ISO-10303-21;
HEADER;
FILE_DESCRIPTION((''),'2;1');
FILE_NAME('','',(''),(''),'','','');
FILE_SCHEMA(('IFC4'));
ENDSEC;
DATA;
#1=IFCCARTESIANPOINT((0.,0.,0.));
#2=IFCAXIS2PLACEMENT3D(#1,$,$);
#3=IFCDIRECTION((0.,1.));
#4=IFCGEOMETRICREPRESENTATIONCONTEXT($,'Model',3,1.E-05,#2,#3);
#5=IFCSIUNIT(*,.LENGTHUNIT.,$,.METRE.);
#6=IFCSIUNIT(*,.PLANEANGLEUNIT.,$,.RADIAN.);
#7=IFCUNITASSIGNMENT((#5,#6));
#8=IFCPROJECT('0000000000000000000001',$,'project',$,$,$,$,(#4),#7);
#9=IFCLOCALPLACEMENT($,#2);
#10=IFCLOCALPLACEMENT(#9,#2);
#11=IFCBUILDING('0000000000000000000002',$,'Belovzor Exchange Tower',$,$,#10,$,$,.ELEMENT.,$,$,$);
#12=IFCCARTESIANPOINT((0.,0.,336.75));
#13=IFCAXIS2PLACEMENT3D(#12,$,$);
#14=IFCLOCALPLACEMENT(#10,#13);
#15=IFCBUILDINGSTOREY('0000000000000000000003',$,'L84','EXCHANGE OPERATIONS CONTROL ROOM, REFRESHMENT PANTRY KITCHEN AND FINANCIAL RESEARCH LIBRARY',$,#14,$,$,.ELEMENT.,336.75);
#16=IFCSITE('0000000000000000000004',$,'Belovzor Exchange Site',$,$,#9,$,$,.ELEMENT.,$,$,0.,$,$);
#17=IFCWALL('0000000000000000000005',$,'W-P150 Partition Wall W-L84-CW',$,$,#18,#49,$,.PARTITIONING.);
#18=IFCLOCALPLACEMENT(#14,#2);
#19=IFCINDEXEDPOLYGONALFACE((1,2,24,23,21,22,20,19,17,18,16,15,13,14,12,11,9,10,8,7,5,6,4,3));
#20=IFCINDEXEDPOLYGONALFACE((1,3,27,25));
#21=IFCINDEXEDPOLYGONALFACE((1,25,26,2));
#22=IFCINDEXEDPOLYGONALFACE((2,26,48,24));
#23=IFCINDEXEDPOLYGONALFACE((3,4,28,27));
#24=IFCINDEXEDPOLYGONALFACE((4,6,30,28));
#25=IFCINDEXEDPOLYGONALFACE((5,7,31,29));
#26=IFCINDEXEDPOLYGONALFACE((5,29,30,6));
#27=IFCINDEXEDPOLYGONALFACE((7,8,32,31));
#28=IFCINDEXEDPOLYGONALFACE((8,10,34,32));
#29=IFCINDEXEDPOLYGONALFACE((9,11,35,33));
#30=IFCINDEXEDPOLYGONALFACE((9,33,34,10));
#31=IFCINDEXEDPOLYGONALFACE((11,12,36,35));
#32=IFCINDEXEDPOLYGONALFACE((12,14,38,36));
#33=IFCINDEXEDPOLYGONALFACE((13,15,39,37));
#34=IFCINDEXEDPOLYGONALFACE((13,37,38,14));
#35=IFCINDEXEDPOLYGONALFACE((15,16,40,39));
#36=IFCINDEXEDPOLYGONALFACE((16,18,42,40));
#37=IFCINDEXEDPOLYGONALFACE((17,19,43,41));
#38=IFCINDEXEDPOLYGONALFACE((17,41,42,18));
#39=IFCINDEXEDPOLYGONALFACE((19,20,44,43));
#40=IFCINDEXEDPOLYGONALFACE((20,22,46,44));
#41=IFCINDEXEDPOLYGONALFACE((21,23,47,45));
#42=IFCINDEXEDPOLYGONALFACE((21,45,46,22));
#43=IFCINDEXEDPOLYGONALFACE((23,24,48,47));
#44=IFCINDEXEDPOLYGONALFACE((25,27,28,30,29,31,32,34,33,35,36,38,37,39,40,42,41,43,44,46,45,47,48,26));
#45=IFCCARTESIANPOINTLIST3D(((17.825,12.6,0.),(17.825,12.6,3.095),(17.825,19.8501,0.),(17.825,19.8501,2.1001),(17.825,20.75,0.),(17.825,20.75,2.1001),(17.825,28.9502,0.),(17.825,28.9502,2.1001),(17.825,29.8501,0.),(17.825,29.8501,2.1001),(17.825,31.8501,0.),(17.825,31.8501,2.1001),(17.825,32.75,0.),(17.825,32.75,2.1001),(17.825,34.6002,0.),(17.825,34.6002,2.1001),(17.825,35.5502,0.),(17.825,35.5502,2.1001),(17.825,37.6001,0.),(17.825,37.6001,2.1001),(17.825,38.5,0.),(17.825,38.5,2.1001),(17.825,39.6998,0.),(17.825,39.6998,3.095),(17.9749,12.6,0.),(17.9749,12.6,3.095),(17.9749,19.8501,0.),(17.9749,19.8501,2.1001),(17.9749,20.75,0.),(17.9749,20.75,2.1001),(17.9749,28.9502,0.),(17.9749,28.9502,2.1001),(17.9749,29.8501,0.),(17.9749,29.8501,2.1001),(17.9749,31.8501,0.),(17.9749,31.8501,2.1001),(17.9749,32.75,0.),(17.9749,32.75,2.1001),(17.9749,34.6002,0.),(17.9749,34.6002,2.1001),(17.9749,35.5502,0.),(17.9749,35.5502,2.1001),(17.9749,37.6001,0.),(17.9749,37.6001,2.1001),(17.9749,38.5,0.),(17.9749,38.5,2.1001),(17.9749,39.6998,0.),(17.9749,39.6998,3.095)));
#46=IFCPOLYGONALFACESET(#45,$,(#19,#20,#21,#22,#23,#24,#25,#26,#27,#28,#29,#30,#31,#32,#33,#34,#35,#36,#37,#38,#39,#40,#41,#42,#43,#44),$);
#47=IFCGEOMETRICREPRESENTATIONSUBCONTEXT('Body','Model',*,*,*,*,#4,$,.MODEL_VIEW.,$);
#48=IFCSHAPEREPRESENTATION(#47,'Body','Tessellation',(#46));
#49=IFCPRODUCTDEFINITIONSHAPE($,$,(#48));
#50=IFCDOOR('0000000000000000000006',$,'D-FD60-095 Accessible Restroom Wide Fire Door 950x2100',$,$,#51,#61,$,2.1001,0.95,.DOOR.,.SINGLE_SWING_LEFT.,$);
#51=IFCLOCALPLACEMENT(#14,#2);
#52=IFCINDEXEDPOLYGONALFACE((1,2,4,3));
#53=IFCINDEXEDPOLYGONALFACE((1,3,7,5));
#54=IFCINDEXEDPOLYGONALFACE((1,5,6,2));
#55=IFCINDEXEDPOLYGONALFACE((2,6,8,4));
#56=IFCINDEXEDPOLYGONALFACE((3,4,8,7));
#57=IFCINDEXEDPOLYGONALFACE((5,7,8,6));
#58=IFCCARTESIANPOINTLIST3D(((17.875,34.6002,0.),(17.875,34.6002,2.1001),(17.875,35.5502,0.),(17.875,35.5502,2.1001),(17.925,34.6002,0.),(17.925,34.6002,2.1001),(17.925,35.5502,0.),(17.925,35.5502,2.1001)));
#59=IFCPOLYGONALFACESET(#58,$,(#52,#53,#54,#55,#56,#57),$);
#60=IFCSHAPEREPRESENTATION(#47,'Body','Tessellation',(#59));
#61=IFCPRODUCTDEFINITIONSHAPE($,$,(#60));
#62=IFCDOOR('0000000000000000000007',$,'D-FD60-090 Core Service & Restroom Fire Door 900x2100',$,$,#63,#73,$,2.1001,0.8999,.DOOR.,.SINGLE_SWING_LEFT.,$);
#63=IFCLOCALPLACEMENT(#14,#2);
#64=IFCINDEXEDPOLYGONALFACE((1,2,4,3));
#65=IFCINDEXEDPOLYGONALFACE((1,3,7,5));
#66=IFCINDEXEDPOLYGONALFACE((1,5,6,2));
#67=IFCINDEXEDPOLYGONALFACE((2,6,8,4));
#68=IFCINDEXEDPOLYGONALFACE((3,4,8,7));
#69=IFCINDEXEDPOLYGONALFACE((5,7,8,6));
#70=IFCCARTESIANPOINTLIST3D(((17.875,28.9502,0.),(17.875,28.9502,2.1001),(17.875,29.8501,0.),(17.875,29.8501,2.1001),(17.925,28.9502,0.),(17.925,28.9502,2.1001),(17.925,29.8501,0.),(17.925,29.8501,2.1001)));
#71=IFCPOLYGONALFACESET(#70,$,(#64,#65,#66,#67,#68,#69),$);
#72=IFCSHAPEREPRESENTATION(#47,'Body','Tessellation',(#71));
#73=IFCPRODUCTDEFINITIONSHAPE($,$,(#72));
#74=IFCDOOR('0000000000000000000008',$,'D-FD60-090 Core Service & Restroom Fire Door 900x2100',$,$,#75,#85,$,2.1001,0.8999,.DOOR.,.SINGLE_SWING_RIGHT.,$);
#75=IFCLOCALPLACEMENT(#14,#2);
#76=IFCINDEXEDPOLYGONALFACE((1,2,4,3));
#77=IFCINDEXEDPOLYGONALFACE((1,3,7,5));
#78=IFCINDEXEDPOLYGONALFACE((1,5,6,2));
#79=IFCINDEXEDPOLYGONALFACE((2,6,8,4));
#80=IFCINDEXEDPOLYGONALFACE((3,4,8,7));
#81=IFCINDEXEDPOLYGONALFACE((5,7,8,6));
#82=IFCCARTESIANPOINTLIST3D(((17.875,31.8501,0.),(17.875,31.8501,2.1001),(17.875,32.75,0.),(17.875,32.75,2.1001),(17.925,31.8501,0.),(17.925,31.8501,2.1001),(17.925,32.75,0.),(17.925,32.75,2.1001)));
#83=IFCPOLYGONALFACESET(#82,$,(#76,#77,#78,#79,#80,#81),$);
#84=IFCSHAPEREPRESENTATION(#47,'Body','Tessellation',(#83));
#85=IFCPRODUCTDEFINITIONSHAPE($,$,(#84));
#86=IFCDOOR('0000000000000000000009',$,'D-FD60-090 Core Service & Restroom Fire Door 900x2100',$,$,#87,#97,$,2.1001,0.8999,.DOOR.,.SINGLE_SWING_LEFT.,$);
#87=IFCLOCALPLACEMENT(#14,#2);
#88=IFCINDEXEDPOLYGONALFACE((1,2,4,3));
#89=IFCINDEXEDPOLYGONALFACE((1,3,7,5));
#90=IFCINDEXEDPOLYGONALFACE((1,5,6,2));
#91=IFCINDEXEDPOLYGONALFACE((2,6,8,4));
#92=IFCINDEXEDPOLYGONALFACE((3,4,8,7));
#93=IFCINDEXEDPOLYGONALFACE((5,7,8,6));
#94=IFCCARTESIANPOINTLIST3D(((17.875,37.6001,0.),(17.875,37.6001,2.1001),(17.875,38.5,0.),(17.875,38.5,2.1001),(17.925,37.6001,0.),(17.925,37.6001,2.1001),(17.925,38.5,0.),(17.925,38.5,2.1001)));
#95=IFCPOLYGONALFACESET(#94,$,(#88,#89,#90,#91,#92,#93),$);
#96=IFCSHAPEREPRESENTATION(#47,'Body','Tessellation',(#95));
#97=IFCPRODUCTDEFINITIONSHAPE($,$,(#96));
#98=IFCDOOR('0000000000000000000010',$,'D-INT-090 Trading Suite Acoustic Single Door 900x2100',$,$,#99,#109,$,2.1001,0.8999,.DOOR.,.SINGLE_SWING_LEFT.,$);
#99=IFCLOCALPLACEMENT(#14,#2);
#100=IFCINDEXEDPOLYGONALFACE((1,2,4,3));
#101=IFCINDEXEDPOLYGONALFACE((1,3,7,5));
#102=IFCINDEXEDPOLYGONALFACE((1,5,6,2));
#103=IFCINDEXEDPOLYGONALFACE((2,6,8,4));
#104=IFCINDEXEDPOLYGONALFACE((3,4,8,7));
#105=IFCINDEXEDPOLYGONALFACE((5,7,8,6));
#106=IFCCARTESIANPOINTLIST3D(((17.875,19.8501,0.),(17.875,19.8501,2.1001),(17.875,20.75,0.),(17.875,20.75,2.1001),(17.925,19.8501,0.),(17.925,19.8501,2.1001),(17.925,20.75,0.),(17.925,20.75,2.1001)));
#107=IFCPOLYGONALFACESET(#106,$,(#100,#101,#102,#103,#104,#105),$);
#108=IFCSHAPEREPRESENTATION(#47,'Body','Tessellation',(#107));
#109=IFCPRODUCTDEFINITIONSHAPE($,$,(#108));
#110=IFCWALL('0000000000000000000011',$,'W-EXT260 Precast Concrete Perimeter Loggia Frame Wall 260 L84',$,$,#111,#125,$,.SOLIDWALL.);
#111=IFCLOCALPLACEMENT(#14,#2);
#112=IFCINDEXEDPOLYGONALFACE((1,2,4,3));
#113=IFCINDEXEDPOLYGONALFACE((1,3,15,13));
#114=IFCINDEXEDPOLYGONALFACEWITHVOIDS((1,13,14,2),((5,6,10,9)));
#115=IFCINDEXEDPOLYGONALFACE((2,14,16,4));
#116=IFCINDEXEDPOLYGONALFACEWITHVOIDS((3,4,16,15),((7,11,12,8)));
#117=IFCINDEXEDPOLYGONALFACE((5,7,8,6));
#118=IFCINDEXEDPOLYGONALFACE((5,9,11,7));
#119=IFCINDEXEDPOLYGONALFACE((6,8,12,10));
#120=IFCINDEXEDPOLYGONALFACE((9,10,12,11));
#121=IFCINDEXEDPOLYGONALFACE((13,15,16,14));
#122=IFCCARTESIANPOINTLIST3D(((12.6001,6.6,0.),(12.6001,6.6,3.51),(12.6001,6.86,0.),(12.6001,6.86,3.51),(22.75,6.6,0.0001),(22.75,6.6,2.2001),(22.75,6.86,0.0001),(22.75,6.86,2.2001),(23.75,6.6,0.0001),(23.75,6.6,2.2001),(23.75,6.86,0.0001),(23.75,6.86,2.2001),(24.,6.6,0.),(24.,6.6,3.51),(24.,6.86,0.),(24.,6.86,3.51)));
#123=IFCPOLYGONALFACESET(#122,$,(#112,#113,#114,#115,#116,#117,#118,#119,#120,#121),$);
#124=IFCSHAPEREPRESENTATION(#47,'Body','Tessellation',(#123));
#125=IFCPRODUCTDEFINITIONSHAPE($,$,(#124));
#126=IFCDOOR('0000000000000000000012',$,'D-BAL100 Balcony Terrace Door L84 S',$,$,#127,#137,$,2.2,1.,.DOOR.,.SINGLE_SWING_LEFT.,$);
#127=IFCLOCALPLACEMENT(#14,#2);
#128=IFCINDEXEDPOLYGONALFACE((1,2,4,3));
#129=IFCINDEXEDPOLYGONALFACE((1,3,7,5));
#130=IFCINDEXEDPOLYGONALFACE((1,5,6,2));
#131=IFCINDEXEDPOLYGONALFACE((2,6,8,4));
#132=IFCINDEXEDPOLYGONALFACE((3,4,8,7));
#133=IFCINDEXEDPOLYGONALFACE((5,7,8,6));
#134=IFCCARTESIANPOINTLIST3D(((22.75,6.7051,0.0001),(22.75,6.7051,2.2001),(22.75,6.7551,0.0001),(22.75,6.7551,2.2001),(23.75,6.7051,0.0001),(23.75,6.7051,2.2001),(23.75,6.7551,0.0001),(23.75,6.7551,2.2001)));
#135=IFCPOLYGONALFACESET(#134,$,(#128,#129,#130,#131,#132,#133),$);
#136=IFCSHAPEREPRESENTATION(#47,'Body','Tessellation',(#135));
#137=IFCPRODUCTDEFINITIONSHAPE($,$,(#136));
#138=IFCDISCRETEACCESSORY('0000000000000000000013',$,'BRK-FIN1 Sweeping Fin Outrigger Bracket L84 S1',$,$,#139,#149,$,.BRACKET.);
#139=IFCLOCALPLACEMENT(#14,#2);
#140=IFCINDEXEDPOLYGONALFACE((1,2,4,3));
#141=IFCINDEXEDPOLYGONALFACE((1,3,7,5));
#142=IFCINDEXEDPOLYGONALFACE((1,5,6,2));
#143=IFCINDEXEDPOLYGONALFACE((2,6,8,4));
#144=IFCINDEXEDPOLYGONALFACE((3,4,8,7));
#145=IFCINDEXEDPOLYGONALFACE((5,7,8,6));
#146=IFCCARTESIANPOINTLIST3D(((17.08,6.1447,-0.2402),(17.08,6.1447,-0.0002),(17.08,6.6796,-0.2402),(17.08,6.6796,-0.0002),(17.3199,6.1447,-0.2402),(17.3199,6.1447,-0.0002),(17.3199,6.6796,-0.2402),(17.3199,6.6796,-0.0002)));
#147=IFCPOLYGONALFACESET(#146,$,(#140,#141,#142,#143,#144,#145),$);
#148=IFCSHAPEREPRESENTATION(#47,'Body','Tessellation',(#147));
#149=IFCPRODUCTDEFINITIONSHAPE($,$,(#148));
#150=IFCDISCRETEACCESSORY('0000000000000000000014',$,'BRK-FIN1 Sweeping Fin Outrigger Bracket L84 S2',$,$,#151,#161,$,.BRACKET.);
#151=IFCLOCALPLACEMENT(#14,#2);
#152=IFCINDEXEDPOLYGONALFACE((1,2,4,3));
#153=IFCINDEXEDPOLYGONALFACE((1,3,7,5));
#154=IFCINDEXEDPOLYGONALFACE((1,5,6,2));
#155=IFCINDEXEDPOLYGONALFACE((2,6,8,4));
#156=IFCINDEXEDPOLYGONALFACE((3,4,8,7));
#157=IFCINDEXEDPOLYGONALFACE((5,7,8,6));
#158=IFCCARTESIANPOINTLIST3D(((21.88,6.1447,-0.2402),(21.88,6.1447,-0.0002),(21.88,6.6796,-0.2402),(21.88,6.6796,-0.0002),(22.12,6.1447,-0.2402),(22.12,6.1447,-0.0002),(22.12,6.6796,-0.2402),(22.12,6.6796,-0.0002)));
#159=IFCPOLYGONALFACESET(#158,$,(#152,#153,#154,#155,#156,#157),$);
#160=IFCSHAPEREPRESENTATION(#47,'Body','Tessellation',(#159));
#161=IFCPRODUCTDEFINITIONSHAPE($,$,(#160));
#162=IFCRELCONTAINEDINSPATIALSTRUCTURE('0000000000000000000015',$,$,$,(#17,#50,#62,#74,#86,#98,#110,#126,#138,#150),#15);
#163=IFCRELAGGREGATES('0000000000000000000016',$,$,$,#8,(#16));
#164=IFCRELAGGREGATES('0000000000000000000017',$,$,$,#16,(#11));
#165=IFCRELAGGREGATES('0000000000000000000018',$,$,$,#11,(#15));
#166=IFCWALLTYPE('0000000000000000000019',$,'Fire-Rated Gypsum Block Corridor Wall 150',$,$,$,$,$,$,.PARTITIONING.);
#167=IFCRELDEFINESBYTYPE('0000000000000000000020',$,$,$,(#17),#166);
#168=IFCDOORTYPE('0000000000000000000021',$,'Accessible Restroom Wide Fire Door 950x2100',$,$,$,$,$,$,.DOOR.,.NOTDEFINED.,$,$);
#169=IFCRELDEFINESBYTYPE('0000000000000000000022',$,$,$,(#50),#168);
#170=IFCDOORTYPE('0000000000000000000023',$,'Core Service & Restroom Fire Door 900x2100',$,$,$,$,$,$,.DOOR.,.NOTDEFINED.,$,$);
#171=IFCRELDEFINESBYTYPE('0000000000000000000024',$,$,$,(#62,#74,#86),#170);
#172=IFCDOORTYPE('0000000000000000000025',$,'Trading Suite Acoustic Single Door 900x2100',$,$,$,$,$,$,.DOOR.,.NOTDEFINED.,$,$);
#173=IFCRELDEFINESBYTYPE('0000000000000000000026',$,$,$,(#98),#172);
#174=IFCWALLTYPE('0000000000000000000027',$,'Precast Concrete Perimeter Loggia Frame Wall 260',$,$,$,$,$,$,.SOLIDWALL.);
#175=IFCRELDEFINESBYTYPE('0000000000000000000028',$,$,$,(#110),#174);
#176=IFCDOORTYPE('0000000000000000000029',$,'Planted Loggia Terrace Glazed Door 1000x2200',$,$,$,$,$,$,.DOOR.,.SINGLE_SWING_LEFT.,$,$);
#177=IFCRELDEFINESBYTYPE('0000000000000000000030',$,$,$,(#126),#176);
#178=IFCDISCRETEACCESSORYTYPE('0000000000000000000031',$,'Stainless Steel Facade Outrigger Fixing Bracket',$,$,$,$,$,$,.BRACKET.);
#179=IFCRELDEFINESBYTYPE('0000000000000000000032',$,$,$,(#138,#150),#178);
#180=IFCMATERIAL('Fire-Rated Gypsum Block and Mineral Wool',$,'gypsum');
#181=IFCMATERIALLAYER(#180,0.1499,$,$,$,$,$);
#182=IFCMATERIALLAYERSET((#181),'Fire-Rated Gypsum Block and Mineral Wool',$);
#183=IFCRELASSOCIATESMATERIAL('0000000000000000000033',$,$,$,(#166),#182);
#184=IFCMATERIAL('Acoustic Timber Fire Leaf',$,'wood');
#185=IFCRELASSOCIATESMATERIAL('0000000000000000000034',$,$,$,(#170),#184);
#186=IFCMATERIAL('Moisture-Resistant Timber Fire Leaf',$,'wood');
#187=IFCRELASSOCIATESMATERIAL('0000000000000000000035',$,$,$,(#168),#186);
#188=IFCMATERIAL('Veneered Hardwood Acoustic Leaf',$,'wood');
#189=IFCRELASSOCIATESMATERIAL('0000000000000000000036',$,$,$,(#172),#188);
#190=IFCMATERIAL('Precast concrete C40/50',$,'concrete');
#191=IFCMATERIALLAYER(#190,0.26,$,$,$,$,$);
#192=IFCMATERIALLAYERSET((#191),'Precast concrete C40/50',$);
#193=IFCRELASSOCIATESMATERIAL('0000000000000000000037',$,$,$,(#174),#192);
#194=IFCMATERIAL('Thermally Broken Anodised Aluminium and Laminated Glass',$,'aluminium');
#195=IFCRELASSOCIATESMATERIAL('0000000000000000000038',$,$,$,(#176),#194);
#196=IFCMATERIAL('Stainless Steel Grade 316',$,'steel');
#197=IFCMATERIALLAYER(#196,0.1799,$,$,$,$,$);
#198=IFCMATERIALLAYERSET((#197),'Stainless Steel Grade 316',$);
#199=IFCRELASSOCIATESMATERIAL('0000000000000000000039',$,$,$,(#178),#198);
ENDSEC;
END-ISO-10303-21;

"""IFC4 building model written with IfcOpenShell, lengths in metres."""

from ifc_helpers import new_model, si_unit, direction, frame, frame_2d, origin, origin_2d, place, context, subcontext, project, spatial, rectangle, extrude, material, layer, layer_set, type_object, element, fill, save


model = new_model("IFC4")

# Units and contexts
model_context = context("Model", 3, precision=1e-05, world=origin(), true_north=direction((0.0, 1.0)))
body_context = subcontext(model_context, "Body", "Model", "MODEL_VIEW")
ifc_project = project(units=[si_unit("LENGTHUNIT", "METRE"), si_unit("PLANEANGLEUNIT", "RADIAN")], contexts=[model_context])

# Site, building, storey
site_placement = place(None, origin())
site = spatial("IfcSite", under=ifc_project, at=site_placement, Name="Belovzor Exchange Site", CompositionType="ELEMENT", RefElevation=0.0)
building_placement = place(site_placement, origin())
building = spatial("IfcBuilding", under=site, at=building_placement, Name="Belovzor Exchange Tower", CompositionType="ELEMENT")
storey_placement = place(building_placement, frame((0.0, 0.0, 336.75)))
storey = spatial("IfcBuildingStorey", under=building, at=storey_placement, Name="L84", Description="EXCHANGE OPERATIONS CONTROL ROOM, REFRESHMENT PANTRY KITCHEN AND FINANCIAL RESEARCH LIBRARY", CompositionType="ELEMENT", Elevation=336.75)

# Shared definitions
ifc_material_1 = material(Name="Fire-Rated Gypsum Block and Mineral Wool", Category="gypsum")
ifc_layer_1 = layer(ifc_material_1, 0.1499)
ifc_layer_set_1 = layer_set([ifc_layer_1], Name="Fire-Rated Gypsum Block and Mineral Wool")
wall_type_1 = type_object("IfcWallType", Name="Fire-Rated Gypsum Block Corridor Wall 150", PredefinedType="PARTITIONING", material=ifc_layer_set_1)
ifc_material_2 = material(Name="Acoustic Timber Fire Leaf", Category="wood")
door_type_1 = type_object("IfcDoorType", Name="Core Service & Restroom Fire Door 900x2100", OperationType="NOTDEFINED", PredefinedType="DOOR", material=ifc_material_2)

# Wall, openings, doors
wall_1_placement = place(storey_placement, frame((17.8999, 12.6001, 0.0), z_axis=(0.0, 0.0, 1.0), x_axis=(0.0, 1.0, 0.0)))
wall_1 = element("IfcWall", 1, at=wall_1_placement, inside=storey, type_object=wall_type_1, Name="W-P150 Partition Wall W-L84-CW", PredefinedType="PARTITIONING", context=body_context, shape_type="SweptSolid", body=[
    extrude(rectangle(XDim=27.0999, YDim=0.1499, at=frame_2d((13.5498, 0.0))), origin(), (0.0, 0.0, 1.0), 3.095),
])
opening_1_placement = place(wall_1_placement, frame((7.25, 0.0, 0.0)))
opening_1 = element("IfcOpeningElement", 2, at=opening_1_placement, cuts=wall_1, PredefinedType="OPENING", context=body_context, shape_type="SweptSolid", body=[
    extrude(rectangle(XDim=0.8999, YDim=2.1001, at=frame_2d((0.45, 1.05))), frame((0.0, 0.085, 0.0), z_axis=(0.0, -1.0, 0.0), x_axis=(1.0, 0.0, 0.0)), (0.0, 0.0, 1.0), 0.1699),
])
opening_2_placement = place(wall_1_placement, frame((16.3501, 0.0, 0.0)))
opening_2 = element("IfcOpeningElement", 3, at=opening_2_placement, cuts=wall_1, PredefinedType="OPENING", context=body_context, shape_type="SweptSolid", body=[
    extrude(rectangle(XDim=0.8999, YDim=2.1001, at=frame_2d((0.45, 1.05))), frame((0.0, 0.085, 0.0), z_axis=(0.0, -1.0, 0.0), x_axis=(1.0, 0.0, 0.0)), (0.0, 0.0, 1.0), 0.1699),
])
opening_3_placement = place(wall_1_placement, frame((19.25, 0.0, 0.0)))
opening_3 = element("IfcOpeningElement", 4, at=opening_3_placement, cuts=wall_1, PredefinedType="OPENING", context=body_context, shape_type="SweptSolid", body=[
    extrude(rectangle(XDim=0.8999, YDim=2.1001, at=frame_2d((0.45, 1.05))), frame((0.0, 0.085, 0.0), z_axis=(0.0, -1.0, 0.0), x_axis=(1.0, 0.0, 0.0)), (0.0, 0.0, 1.0), 0.1699),
])
opening_4_placement = place(wall_1_placement, frame((22.0, 0.0, 0.0)))
opening_4 = element("IfcOpeningElement", 5, at=opening_4_placement, cuts=wall_1, PredefinedType="OPENING", context=body_context, shape_type="SweptSolid", body=[
    extrude(rectangle(XDim=0.95, YDim=2.1001, at=frame_2d((0.4751, 1.05))), frame((0.0, 0.085, 0.0), z_axis=(0.0, -1.0, 0.0), x_axis=(1.0, 0.0, 0.0)), (0.0, 0.0, 1.0), 0.1699),
])
opening_5_placement = place(wall_1_placement, frame((25.0, 0.0, 0.0)))
opening_5 = element("IfcOpeningElement", 6, at=opening_5_placement, cuts=wall_1, PredefinedType="OPENING", context=body_context, shape_type="SweptSolid", body=[
    extrude(rectangle(XDim=0.8999, YDim=2.1001, at=frame_2d((0.45, 1.05))), frame((0.0, 0.085, 0.0), z_axis=(0.0, -1.0, 0.0), x_axis=(1.0, 0.0, 0.0)), (0.0, 0.0, 1.0), 0.1699),
])
ifc_material_3 = material(Name="Moisture-Resistant Timber Fire Leaf", Category="wood")
door_type_2 = type_object("IfcDoorType", Name="Accessible Restroom Wide Fire Door 950x2100", OperationType="NOTDEFINED", PredefinedType="DOOR", material=ifc_material_3)
door_1_placement = place(opening_4_placement, origin())
door_1 = element("IfcDoor", 7, at=door_1_placement, inside=storey, type_object=door_type_2, Name="D-FD60-095 Accessible Restroom Wide Fire Door 950x2100", OperationType="SINGLE_SWING_LEFT", OverallHeight=2.1001, OverallWidth=0.95, PredefinedType="DOOR", context=body_context, shape_type="SweptSolid", body=[
    extrude(rectangle(XDim=0.95, YDim=2.1001, at=frame_2d((0.4751, 1.05))), frame((0.0, 0.0249, 0.0), z_axis=(0.0, -1.0, 0.0), x_axis=(1.0, 0.0, 0.0)), (0.0, 0.0, 1.0), 0.05),
])
fill(opening_4, door_1)
door_2_placement = place(opening_2_placement, origin())
door_2 = element("IfcDoor", 8, at=door_2_placement, inside=storey, type_object=door_type_1, Name="D-FD60-090 Core Service & Restroom Fire Door 900x2100", OperationType="SINGLE_SWING_LEFT", OverallHeight=2.1001, OverallWidth=0.8999, PredefinedType="DOOR", context=body_context, shape_type="SweptSolid", body=[
    extrude(rectangle(XDim=0.8999, YDim=2.1001, at=frame_2d((0.45, 1.05))), frame((0.0, 0.0249, 0.0), z_axis=(0.0, -1.0, 0.0), x_axis=(1.0, 0.0, 0.0)), (0.0, 0.0, 1.0), 0.05),
])
fill(opening_2, door_2)
door_3_placement = place(opening_3_placement, origin())
door_3 = element("IfcDoor", 9, at=door_3_placement, inside=storey, type_object=door_type_1, Name="D-FD60-090 Core Service & Restroom Fire Door 900x2100", OperationType="SINGLE_SWING_RIGHT", OverallHeight=2.1001, OverallWidth=0.8999, PredefinedType="DOOR", context=body_context, shape_type="SweptSolid", body=[
    extrude(rectangle(XDim=0.8999, YDim=2.1001, at=frame_2d((0.45, 1.05))), frame((0.0, 0.0249, 0.0), z_axis=(0.0, -1.0, 0.0), x_axis=(1.0, 0.0, 0.0)), (0.0, 0.0, 1.0), 0.05),
])
fill(opening_3, door_3)
door_4_placement = place(opening_5_placement, origin())
door_4 = element("IfcDoor", 10, at=door_4_placement, inside=storey, type_object=door_type_1, Name="D-FD60-090 Core Service & Restroom Fire Door 900x2100", OperationType="SINGLE_SWING_LEFT", OverallHeight=2.1001, OverallWidth=0.8999, PredefinedType="DOOR", context=body_context, shape_type="SweptSolid", body=[
    extrude(rectangle(XDim=0.8999, YDim=2.1001, at=frame_2d((0.45, 1.05))), frame((0.0, 0.0249, 0.0), z_axis=(0.0, -1.0, 0.0), x_axis=(1.0, 0.0, 0.0)), (0.0, 0.0, 1.0), 0.05),
])
fill(opening_5, door_4)
ifc_material_4 = material(Name="Veneered Hardwood Acoustic Leaf", Category="wood")
door_type_3 = type_object("IfcDoorType", Name="Trading Suite Acoustic Single Door 900x2100", OperationType="NOTDEFINED", PredefinedType="DOOR", material=ifc_material_4)
door_5_placement = place(opening_1_placement, origin())
door_5 = element("IfcDoor", 11, at=door_5_placement, inside=storey, type_object=door_type_3, Name="D-INT-090 Trading Suite Acoustic Single Door 900x2100", OperationType="SINGLE_SWING_LEFT", OverallHeight=2.1001, OverallWidth=0.8999, PredefinedType="DOOR", context=body_context, shape_type="SweptSolid", body=[
    extrude(rectangle(XDim=0.8999, YDim=2.1001, at=frame_2d((0.45, 1.05))), frame((0.0, 0.0249, 0.0), z_axis=(0.0, -1.0, 0.0), x_axis=(1.0, 0.0, 0.0)), (0.0, 0.0, 1.0), 0.05),
])
fill(opening_1, door_5)

# Wall, opening, door
ifc_material_5 = material(Name="Precast concrete C40/50", Category="concrete")
ifc_layer_2 = layer(ifc_material_5, 0.26)
ifc_layer_set_2 = layer_set([ifc_layer_2], Name="Precast concrete C40/50")
wall_type_2 = type_object("IfcWallType", Name="Precast Concrete Perimeter Loggia Frame Wall 260", PredefinedType="SOLIDWALL", material=ifc_layer_set_2)
wall_2_placement = place(storey_placement, frame((24.0, 6.73, 0.0), z_axis=(0.0, 0.0, 1.0), x_axis=(-1.0, 0.0, 0.0)))
wall_2 = element("IfcWall", 12, at=wall_2_placement, inside=storey, type_object=wall_type_2, Name="W-EXT260 Precast Concrete Perimeter Loggia Frame Wall 260 L84", PredefinedType="SOLIDWALL", context=body_context, shape_type="SweptSolid", body=[
    extrude(rectangle(XDim=11.3999, YDim=0.26, at=frame_2d((5.7, 0.0))), origin(), (0.0, 0.0, 1.0), 3.51),
])
opening_6_placement = place(wall_2_placement, frame((0.25, 0.0, 0.0)))
opening_6 = element("IfcOpeningElement", 13, at=opening_6_placement, cuts=wall_2, PredefinedType="OPENING", context=body_context, shape_type="SweptSolid", body=[
    extrude(rectangle(XDim=1.0, YDim=2.2, at=frame_2d((0.5, 1.1001))), frame((0.0, 0.1399, 0.0), z_axis=(0.0, -1.0, 0.0), x_axis=(1.0, 0.0, 0.0)), (0.0, 0.0, 1.0), 0.28),
])
ifc_material_6 = material(Name="Thermally Broken Anodised Aluminium and Laminated Glass", Category="aluminium")
door_type_4 = type_object("IfcDoorType", Name="Planted Loggia Terrace Glazed Door 1000x2200", OperationType="SINGLE_SWING_LEFT", PredefinedType="DOOR", material=ifc_material_6)
door_6_placement = place(opening_6_placement, origin())
door_6 = element("IfcDoor", 14, at=door_6_placement, inside=storey, type_object=door_type_4, Name="D-BAL100 Balcony Terrace Door L84 S", OperationType="SINGLE_SWING_LEFT", OverallHeight=2.2, OverallWidth=1.0, PredefinedType="DOOR", context=body_context, shape_type="SweptSolid", body=[
    extrude(rectangle(XDim=1.0, YDim=2.2, at=frame_2d((0.5, 1.1001))), frame((0.0, 0.0249, 0.0), z_axis=(0.0, -1.0, 0.0), x_axis=(1.0, 0.0, 0.0)), (0.0, 0.0, 1.0), 0.05),
])
fill(opening_6, door_6)

# Discrete accessories
ifc_material_7 = material(Name="Stainless Steel Grade 316", Category="steel")
ifc_layer_3 = layer(ifc_material_7, 0.1799)
ifc_layer_set_3 = layer_set([ifc_layer_3], Name="Stainless Steel Grade 316")
discrete_accessory_type = type_object("IfcDiscreteAccessoryType", Name="Stainless Steel Facade Outrigger Fixing Bracket", PredefinedType="BRACKET", material=ifc_layer_set_3)
for number, where, z_axis, x_axis, name in (
    (15, (17.2, 6.4121, -0.2402), (0.0, 0.0, 1.0), (0.0, 1.0, 0.0), "BRK-FIN1 Sweeping Fin Outrigger Bracket L84 S1"),
    (16, (22.0, 6.4121, -0.2402), (0.0, 0.0, 1.0), (0.0, 1.0, 0.0), "BRK-FIN1 Sweeping Fin Outrigger Bracket L84 S2"),
):
    element("IfcDiscreteAccessory", number, at=place(storey_placement, frame(where, z_axis=z_axis, x_axis=x_axis)), inside=storey, type_object=discrete_accessory_type, Name=name, PredefinedType="BRACKET", context=body_context, shape_type="SweptSolid", body=[
        extrude(rectangle(XDim=0.5349, YDim=0.24, at=origin_2d()), origin(), (0.0, 0.0, 1.0), 0.24),
    ])

save(model, "model.ifc")
